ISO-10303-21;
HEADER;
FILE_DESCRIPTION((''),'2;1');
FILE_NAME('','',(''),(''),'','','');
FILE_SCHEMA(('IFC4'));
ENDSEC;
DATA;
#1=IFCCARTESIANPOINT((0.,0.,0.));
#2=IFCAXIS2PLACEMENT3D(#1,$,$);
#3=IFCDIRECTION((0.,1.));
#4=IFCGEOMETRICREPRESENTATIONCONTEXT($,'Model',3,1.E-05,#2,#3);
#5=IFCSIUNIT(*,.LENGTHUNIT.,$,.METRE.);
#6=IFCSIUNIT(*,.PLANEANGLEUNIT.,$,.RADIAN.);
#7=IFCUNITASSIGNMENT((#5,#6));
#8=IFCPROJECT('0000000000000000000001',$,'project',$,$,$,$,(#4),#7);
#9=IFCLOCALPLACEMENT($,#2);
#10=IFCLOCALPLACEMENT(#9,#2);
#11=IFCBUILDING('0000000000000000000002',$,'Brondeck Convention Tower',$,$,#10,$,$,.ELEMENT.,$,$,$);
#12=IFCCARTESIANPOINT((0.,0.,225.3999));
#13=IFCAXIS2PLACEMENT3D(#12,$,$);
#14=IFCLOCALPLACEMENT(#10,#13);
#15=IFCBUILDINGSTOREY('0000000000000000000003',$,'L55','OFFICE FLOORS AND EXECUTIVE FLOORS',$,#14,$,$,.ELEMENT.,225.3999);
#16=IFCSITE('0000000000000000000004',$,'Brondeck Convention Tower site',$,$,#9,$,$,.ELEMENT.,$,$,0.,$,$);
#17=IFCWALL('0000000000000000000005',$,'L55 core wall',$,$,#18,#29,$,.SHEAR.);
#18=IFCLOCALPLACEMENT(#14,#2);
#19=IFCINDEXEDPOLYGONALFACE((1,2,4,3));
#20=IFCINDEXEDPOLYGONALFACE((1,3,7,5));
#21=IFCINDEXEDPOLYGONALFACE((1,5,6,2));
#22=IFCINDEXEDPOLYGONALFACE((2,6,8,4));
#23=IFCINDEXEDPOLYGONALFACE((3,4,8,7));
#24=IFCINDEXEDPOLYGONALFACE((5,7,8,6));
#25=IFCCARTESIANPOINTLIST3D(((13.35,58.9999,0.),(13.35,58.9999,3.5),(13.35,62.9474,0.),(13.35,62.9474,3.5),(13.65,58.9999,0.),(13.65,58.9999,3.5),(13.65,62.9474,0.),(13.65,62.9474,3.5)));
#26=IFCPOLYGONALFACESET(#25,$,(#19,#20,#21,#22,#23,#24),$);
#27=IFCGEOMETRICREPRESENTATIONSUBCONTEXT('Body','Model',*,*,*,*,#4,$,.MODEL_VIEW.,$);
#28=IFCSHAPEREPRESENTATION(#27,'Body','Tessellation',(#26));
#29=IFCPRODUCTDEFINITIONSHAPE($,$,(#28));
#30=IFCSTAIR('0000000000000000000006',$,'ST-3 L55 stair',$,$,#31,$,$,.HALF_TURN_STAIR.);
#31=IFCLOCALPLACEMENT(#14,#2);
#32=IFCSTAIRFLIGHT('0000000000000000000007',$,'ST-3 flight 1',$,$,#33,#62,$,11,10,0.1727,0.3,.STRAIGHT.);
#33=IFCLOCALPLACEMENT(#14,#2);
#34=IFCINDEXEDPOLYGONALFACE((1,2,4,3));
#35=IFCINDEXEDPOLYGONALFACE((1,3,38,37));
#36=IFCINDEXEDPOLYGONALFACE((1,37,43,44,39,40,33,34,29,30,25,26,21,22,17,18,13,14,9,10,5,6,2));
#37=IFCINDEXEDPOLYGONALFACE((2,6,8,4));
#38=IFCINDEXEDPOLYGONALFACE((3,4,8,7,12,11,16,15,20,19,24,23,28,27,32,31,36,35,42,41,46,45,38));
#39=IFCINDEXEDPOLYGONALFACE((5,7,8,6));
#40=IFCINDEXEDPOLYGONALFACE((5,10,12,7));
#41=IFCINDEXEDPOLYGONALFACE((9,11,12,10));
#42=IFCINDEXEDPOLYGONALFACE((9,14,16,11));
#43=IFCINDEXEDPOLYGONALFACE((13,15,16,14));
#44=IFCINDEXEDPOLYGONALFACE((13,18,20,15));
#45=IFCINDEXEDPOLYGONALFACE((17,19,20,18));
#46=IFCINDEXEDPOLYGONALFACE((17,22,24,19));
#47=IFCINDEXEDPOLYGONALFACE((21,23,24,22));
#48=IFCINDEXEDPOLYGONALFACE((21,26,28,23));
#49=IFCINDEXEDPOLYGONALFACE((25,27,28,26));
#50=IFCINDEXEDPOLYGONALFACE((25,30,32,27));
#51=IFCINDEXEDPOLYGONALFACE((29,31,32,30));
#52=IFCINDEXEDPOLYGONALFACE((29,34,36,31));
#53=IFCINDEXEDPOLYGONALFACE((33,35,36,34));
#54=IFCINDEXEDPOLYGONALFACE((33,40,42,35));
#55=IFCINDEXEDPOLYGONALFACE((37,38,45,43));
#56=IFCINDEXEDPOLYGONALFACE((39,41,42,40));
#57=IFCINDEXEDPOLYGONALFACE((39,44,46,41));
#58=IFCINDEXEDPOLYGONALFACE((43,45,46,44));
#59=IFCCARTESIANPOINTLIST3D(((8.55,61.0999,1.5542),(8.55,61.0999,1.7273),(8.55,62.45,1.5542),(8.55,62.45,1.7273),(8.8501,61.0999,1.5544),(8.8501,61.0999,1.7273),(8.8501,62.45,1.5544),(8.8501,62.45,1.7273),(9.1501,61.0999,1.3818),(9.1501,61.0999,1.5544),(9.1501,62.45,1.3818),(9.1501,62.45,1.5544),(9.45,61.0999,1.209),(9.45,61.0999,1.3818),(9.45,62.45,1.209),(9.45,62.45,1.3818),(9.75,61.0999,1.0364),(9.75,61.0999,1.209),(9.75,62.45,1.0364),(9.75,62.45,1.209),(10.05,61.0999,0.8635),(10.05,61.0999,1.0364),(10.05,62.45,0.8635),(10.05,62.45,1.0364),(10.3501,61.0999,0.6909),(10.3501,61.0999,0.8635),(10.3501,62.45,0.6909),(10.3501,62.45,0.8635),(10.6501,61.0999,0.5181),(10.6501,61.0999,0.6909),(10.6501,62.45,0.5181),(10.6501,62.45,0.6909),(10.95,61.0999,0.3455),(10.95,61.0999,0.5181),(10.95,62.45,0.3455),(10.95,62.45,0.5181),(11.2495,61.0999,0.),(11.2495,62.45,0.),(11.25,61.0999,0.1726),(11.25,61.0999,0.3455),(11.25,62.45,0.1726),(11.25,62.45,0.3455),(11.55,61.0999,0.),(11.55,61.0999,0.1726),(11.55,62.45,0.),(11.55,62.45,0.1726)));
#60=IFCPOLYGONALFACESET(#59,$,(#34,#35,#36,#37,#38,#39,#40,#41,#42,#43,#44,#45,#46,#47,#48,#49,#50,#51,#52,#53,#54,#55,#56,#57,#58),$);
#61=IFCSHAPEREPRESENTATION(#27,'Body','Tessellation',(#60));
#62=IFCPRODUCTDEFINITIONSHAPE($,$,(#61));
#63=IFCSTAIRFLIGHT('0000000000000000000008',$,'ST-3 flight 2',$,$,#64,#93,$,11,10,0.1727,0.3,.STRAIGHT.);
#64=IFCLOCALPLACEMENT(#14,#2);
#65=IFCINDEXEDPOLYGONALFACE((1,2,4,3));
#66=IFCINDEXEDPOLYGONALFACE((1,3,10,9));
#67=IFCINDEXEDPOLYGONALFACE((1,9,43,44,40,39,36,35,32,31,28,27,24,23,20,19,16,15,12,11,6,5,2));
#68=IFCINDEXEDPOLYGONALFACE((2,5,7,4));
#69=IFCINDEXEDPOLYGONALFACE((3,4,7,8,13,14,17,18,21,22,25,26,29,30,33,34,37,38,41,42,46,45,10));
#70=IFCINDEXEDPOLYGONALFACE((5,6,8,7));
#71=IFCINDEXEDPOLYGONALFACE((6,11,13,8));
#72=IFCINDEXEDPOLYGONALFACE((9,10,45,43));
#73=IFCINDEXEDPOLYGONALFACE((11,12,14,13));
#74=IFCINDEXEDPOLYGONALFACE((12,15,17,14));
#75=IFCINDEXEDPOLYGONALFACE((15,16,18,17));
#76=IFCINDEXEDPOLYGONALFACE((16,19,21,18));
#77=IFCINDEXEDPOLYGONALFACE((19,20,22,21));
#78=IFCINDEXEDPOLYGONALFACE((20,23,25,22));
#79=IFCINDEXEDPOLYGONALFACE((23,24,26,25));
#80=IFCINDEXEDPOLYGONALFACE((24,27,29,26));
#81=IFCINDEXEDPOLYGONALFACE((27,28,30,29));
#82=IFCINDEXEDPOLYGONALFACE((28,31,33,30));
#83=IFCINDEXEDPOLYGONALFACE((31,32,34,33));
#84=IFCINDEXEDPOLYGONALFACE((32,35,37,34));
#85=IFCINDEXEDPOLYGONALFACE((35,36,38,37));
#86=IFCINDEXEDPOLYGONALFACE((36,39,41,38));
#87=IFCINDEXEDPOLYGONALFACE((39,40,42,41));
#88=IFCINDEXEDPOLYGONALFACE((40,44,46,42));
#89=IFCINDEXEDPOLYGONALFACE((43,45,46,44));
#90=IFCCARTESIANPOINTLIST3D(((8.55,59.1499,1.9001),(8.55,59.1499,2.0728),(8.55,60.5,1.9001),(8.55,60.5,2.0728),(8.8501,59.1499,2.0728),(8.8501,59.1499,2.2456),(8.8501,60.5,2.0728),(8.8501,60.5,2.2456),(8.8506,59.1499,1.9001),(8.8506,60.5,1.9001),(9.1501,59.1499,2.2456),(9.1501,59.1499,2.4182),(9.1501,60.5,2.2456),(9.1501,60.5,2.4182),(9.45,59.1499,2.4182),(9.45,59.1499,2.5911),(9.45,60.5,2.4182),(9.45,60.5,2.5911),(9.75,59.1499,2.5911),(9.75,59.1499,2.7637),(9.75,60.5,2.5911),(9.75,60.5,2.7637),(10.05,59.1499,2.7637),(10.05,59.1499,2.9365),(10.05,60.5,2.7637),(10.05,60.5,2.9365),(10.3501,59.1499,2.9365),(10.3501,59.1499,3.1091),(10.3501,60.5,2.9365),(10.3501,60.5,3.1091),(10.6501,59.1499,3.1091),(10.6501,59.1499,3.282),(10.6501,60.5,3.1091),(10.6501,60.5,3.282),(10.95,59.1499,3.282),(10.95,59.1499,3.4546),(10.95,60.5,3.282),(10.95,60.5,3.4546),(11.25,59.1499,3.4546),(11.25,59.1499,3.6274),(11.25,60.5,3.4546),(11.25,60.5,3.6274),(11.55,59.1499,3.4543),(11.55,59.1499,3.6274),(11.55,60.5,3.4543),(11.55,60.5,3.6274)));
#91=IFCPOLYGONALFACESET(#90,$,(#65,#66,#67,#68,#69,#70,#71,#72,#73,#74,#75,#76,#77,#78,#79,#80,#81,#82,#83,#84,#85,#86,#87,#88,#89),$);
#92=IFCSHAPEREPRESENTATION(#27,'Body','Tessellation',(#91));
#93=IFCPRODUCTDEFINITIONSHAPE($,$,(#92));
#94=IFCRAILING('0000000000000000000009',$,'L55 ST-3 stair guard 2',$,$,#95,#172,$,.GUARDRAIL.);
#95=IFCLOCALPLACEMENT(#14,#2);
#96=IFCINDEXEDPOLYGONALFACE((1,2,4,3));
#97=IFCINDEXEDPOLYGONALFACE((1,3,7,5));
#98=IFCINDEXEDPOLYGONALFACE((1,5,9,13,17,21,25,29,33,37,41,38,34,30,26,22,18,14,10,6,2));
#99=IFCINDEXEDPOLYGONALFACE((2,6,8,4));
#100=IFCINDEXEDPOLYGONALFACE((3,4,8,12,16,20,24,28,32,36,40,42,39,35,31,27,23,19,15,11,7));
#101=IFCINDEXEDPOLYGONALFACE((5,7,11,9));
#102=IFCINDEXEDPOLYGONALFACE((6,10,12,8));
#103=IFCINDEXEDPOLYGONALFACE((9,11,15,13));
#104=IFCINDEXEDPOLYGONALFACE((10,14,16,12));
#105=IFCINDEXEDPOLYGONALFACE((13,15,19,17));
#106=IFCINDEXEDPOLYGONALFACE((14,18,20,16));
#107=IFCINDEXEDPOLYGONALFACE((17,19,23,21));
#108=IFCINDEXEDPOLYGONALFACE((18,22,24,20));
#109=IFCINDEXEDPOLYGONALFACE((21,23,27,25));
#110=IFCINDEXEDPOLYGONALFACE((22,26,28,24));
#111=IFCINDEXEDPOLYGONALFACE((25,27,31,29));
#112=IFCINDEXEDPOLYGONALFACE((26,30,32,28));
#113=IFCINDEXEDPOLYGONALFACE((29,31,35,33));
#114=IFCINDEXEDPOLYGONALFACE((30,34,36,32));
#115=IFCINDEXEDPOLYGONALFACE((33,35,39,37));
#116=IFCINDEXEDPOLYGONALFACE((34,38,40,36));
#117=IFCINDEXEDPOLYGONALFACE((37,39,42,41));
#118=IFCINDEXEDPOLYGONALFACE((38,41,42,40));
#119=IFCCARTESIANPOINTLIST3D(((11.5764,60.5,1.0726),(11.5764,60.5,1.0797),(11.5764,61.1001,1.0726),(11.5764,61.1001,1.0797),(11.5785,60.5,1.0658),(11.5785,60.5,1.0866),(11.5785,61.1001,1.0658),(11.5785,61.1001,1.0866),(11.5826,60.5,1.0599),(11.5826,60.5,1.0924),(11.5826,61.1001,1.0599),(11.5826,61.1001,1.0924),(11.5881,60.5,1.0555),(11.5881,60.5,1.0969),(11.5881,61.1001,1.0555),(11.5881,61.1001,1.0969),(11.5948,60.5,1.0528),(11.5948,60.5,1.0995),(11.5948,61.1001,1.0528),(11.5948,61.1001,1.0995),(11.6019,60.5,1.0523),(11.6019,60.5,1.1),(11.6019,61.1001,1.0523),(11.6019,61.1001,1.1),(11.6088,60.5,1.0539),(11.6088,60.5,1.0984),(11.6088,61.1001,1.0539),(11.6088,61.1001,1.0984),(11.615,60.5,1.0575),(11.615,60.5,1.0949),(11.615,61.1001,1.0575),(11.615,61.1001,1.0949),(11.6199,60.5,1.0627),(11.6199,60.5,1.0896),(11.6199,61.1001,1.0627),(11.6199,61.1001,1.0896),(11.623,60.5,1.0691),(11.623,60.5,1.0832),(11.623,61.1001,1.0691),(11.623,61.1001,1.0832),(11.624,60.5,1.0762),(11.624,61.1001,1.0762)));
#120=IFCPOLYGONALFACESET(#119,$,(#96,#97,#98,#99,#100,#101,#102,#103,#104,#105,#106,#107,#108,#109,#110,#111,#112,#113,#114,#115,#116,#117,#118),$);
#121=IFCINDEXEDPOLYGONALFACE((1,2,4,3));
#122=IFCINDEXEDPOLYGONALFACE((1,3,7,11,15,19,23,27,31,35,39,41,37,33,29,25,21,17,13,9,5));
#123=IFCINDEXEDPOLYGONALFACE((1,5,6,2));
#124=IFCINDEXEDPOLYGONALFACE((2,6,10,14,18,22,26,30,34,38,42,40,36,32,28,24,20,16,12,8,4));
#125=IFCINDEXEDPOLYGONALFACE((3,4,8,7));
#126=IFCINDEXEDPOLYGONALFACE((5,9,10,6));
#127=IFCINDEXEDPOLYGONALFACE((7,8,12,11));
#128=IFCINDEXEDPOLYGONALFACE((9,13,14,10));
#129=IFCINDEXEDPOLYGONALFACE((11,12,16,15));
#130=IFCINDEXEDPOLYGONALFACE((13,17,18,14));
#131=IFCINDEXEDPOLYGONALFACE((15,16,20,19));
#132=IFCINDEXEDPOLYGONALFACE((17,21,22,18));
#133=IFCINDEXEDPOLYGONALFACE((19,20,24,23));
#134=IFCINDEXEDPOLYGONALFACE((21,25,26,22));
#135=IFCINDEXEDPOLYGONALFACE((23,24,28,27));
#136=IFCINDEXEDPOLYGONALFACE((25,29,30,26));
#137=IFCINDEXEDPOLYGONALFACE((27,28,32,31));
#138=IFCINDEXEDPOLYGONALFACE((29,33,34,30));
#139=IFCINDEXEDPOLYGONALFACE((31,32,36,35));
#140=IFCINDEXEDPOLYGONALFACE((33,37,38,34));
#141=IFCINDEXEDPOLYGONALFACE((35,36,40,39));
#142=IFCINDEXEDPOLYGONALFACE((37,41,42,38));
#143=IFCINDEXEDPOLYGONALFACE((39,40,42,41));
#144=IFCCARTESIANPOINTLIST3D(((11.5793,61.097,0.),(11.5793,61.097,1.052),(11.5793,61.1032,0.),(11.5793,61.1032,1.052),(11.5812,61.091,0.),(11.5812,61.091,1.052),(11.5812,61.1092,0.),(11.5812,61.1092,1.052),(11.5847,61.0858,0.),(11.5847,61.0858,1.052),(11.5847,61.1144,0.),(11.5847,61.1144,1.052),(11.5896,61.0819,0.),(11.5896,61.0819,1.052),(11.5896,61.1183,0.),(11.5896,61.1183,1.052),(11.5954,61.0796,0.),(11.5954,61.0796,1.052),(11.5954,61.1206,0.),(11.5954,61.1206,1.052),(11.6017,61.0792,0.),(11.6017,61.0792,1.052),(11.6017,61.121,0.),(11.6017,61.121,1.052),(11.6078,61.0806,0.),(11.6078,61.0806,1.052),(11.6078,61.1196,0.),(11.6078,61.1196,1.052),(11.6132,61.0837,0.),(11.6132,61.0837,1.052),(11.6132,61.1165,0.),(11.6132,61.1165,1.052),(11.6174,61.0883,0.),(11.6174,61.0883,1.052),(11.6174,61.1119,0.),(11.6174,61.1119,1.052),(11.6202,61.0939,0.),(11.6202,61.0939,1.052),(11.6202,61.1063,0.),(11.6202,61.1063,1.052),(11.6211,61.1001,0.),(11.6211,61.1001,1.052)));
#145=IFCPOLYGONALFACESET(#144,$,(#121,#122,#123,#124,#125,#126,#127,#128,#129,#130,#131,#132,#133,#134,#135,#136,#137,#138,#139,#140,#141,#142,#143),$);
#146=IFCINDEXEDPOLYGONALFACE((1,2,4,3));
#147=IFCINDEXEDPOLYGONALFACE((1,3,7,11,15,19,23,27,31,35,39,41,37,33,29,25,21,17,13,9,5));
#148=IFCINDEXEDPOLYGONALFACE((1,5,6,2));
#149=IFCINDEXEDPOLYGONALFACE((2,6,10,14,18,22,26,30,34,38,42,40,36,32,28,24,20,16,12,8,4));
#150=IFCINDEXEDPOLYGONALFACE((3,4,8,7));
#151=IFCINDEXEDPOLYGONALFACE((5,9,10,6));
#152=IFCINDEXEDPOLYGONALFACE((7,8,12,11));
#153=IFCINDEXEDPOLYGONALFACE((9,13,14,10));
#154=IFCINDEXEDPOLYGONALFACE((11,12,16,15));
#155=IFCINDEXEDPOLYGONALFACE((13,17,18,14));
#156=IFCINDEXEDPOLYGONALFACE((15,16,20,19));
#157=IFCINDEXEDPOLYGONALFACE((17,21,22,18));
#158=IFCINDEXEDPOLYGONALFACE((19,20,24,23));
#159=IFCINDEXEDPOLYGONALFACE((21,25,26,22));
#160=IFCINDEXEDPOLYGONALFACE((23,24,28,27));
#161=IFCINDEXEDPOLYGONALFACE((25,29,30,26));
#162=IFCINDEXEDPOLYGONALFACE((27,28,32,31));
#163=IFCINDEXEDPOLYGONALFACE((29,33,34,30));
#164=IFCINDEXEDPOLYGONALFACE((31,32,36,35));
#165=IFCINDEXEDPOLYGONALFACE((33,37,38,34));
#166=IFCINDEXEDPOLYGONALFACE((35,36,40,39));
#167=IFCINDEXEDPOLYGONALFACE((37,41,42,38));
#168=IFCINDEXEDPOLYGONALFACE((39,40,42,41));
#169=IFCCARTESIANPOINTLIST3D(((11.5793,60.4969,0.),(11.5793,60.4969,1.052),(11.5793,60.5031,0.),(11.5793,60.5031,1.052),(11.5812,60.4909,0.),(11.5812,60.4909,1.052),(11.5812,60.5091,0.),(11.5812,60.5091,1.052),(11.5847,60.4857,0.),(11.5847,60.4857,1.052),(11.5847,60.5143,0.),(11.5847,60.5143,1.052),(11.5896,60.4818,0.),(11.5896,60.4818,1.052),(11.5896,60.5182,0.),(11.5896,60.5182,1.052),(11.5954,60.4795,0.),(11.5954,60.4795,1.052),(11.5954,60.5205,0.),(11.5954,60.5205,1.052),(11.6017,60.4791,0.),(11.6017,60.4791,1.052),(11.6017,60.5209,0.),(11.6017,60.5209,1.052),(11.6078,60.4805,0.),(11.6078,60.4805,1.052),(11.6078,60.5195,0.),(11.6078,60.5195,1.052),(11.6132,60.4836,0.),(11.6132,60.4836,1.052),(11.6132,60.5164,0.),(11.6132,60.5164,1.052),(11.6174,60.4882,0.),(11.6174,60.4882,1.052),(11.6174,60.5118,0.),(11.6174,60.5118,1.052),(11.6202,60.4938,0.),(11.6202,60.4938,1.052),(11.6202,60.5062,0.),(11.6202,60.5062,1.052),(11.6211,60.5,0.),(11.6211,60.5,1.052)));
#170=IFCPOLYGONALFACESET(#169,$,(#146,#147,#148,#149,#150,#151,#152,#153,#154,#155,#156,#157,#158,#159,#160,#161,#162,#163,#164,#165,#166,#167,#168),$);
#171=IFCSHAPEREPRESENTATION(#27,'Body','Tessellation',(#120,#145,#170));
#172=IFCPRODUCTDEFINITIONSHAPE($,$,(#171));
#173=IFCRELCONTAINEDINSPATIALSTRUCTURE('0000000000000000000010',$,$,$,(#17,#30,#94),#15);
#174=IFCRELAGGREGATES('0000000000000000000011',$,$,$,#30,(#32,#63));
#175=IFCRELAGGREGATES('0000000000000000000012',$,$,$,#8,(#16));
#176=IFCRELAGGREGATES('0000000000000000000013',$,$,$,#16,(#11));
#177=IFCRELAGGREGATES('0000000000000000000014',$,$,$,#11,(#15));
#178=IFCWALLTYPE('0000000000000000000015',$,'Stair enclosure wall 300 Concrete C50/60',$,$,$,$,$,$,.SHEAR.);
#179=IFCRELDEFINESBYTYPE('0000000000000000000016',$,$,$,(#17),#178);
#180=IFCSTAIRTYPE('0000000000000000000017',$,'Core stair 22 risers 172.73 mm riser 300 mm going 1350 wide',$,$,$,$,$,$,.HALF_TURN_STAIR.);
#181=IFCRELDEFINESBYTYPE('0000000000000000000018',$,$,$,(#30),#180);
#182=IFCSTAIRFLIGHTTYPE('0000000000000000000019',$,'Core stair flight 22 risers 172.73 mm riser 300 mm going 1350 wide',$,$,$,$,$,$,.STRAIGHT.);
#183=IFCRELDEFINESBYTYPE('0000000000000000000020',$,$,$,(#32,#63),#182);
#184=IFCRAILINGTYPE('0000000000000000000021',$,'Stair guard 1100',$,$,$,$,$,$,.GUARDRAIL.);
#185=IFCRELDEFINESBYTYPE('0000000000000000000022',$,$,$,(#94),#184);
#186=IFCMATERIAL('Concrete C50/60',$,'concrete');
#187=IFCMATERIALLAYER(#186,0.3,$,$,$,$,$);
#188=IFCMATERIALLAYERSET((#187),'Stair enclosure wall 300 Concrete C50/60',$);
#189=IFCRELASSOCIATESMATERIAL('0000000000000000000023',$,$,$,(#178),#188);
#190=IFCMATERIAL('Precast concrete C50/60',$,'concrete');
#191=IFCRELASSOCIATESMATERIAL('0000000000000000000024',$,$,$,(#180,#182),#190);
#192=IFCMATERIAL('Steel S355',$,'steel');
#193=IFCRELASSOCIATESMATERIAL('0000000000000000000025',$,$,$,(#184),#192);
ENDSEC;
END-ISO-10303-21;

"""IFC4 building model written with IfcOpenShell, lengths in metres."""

from ifc_helpers import new_model, si_unit, direction, frame, frame_2d, origin, origin_2d, place, context, subcontext, project, spatial, polyline, rectangle, circle, outline, extrude, material, layer, layer_set, type_object, element, aggregate, save


model = new_model("IFC4")

# Units and contexts
model_context = context("Model", 3, precision=1e-05, world=origin(), true_north=direction((0.0, 1.0)))
body_context = subcontext(model_context, "Body", "Model", "MODEL_VIEW")
ifc_project = project(units=[si_unit("LENGTHUNIT", "METRE"), si_unit("PLANEANGLEUNIT", "RADIAN")], contexts=[model_context])

# Site, building, storey
site_placement = place(None, origin())
site = spatial("IfcSite", under=ifc_project, at=site_placement, Name="Brondeck Convention Tower site", CompositionType="ELEMENT", RefElevation=0.0)
building_placement = place(site_placement, origin())
building = spatial("IfcBuilding", under=site, at=building_placement, Name="Brondeck Convention Tower", CompositionType="ELEMENT")
storey_placement = place(building_placement, frame((0.0, 0.0, 225.3999)))
storey = spatial("IfcBuildingStorey", under=building, at=storey_placement, Name="L55", Description="OFFICE FLOORS AND EXECUTIVE FLOORS", CompositionType="ELEMENT", Elevation=225.3999)

# Shared definitions
ifc_material_1 = material(Name="Concrete C50/60", Category="concrete")

# Wall
ifc_layer_1 = layer(ifc_material_1, 0.3)
ifc_layer_set_1 = layer_set([ifc_layer_1], Name="Stair enclosure wall 300 Concrete C50/60")
wall_type_1 = type_object("IfcWallType", Name="Stair enclosure wall 300 Concrete C50/60", PredefinedType="SHEAR", material=ifc_layer_set_1)
wall_1_placement = place(storey_placement, frame((13.5, 59.0, 0.0), z_axis=(0.0, 0.0, 1.0), x_axis=(0.0, 1.0, 0.0)))
element("IfcWall", 1, at=wall_1_placement, inside=storey, type_object=wall_type_1, Name="L55 core wall", PredefinedType="SHEAR", context=body_context, shape_type="SweptSolid", body=[
    extrude(rectangle(XDim=3.9475, YDim=0.3, at=frame_2d((1.9736, 0.0))), origin(), (0.0, 0.0, 1.0), 3.5),
])

# Stair, stair flights
ifc_material_2 = material(Name="Precast concrete C50/60", Category="concrete")
stair_type = type_object("IfcStairType", Name="Core stair 22 risers 172.73 mm riser 300 mm going 1350 wide", PredefinedType="HALF_TURN_STAIR", material=ifc_material_2)
stair_placement = place(storey_placement, origin())
stair = element("IfcStair", 2, at=stair_placement, inside=storey, type_object=stair_type, Name="ST-3 L55 stair", PredefinedType="HALF_TURN_STAIR")
stair_flight_type = type_object("IfcStairFlightType", Name="Core stair flight 22 risers 172.73 mm riser 300 mm going 1350 wide", PredefinedType="STRAIGHT", material=ifc_material_2)
stair_flight_1_placement = place(storey_placement, frame((11.55, 61.7749, 0.0), z_axis=(0.0, 0.0, 1.0), x_axis=(-1.0, 0.0, 0.0)))
stair_flight_1 = element("IfcStairFlight", 3, at=stair_flight_1_placement, type_object=stair_flight_type, Name="ST-3 flight 1", NumberOfRisers=11, NumberOfTreads=10, PredefinedType="STRAIGHT", RiserHeight=0.1727, TreadLength=0.3, context=body_context, shape_type="SweptSolid", body=[
    extrude(outline(polyline([(0.0, 0.0), (0.0, 0.1726), (0.3, 0.1726), (0.3, 0.3455), (0.6001, 0.3455), (0.6001, 0.5181), (0.8999, 0.5181), (0.8999, 0.6909), (1.2, 0.6909), (1.2, 0.8635), (1.5, 0.8635), (1.5, 1.0364), (1.8, 1.0364), (1.8, 1.209), (2.1001, 1.209), (2.1001, 1.3818), (2.3999, 1.3818), (2.3999, 1.5544), (2.7, 1.5544), (2.7, 1.7273), (3.0, 1.7273), (3.0, 1.8999), (3.0, 1.5542), (0.3005, 0.0), (0.0, 0.0)])), frame((0.0, 0.675, 0.0), z_axis=(0.0, -1.0, 0.0), x_axis=(1.0, 0.0, 0.0)), (0.0, 0.0, 1.0), 1.3501),
])
stair_flight_2_placement = place(storey_placement, frame((8.55, 59.825, 1.9001), z_axis=(0.0, 0.0, 1.0), x_axis=(1.0, 0.0, 0.0)))
stair_flight_2 = element("IfcStairFlight", 4, at=stair_flight_2_placement, type_object=stair_flight_type, Name="ST-3 flight 2", NumberOfRisers=11, NumberOfTreads=10, PredefinedType="STRAIGHT", RiserHeight=0.1727, TreadLength=0.3, context=body_context, shape_type="SweptSolid", body=[
    extrude(outline(polyline([(0.0, 0.0), (0.0, 0.1726), (0.3, 0.1726), (0.3, 0.3455), (0.6001, 0.3455), (0.6001, 0.5181), (0.8999, 0.5181), (0.8999, 0.6909), (1.2, 0.6909), (1.2, 0.8635), (1.5, 0.8635), (1.5, 1.0364), (1.8, 1.0364), (1.8, 1.209), (2.1001, 1.209), (2.1001, 1.3818), (2.3999, 1.3818), (2.3999, 1.5544), (2.7, 1.5544), (2.7, 1.7273), (3.0, 1.7273), (3.0, 1.8999), (3.0, 1.5542), (0.3005, 0.0), (0.0, 0.0)])), frame((0.0, 0.675, 0.0), z_axis=(0.0, -1.0, 0.0), x_axis=(1.0, 0.0, 0.0)), (0.0, 0.0, 1.0), 1.3501),
])
aggregate(stair, [stair_flight_1, stair_flight_2])

# Railing
ifc_material_3 = material(Name="Steel S355", Category="steel")
railing_type_1 = type_object("IfcRailingType", Name="Stair guard 1100", PredefinedType="GUARDRAIL", material=ifc_material_3)
railing_1_placement = place(storey_placement, frame((11.6001, 61.1001, 0.0)))
element("IfcRailing", 5, at=railing_1_placement, inside=storey, type_object=railing_type_1, Name="L55 ST-3 stair guard 2", PredefinedType="GUARDRAIL", context=body_context, shape_type="SweptSolid", body=[
    extrude(circle(Radius=0.0239, at=origin_2d()), frame((0.0, 0.0, 1.0762), z_axis=(0.0, -1.0, 0.0), x_axis=(1.0, 0.0, 0.0)), (0.0, 0.0, 1.0), 0.6001),
    extrude(circle(Radius=0.021, at=origin_2d()), origin(), (0.0, 0.0, 1.0), 1.052),
    extrude(circle(Radius=0.021, at=origin_2d()), frame((0.0, -0.6001, 0.0)), (0.0, 0.0, 1.0), 1.052),
])

save(model, "model.ifc")
